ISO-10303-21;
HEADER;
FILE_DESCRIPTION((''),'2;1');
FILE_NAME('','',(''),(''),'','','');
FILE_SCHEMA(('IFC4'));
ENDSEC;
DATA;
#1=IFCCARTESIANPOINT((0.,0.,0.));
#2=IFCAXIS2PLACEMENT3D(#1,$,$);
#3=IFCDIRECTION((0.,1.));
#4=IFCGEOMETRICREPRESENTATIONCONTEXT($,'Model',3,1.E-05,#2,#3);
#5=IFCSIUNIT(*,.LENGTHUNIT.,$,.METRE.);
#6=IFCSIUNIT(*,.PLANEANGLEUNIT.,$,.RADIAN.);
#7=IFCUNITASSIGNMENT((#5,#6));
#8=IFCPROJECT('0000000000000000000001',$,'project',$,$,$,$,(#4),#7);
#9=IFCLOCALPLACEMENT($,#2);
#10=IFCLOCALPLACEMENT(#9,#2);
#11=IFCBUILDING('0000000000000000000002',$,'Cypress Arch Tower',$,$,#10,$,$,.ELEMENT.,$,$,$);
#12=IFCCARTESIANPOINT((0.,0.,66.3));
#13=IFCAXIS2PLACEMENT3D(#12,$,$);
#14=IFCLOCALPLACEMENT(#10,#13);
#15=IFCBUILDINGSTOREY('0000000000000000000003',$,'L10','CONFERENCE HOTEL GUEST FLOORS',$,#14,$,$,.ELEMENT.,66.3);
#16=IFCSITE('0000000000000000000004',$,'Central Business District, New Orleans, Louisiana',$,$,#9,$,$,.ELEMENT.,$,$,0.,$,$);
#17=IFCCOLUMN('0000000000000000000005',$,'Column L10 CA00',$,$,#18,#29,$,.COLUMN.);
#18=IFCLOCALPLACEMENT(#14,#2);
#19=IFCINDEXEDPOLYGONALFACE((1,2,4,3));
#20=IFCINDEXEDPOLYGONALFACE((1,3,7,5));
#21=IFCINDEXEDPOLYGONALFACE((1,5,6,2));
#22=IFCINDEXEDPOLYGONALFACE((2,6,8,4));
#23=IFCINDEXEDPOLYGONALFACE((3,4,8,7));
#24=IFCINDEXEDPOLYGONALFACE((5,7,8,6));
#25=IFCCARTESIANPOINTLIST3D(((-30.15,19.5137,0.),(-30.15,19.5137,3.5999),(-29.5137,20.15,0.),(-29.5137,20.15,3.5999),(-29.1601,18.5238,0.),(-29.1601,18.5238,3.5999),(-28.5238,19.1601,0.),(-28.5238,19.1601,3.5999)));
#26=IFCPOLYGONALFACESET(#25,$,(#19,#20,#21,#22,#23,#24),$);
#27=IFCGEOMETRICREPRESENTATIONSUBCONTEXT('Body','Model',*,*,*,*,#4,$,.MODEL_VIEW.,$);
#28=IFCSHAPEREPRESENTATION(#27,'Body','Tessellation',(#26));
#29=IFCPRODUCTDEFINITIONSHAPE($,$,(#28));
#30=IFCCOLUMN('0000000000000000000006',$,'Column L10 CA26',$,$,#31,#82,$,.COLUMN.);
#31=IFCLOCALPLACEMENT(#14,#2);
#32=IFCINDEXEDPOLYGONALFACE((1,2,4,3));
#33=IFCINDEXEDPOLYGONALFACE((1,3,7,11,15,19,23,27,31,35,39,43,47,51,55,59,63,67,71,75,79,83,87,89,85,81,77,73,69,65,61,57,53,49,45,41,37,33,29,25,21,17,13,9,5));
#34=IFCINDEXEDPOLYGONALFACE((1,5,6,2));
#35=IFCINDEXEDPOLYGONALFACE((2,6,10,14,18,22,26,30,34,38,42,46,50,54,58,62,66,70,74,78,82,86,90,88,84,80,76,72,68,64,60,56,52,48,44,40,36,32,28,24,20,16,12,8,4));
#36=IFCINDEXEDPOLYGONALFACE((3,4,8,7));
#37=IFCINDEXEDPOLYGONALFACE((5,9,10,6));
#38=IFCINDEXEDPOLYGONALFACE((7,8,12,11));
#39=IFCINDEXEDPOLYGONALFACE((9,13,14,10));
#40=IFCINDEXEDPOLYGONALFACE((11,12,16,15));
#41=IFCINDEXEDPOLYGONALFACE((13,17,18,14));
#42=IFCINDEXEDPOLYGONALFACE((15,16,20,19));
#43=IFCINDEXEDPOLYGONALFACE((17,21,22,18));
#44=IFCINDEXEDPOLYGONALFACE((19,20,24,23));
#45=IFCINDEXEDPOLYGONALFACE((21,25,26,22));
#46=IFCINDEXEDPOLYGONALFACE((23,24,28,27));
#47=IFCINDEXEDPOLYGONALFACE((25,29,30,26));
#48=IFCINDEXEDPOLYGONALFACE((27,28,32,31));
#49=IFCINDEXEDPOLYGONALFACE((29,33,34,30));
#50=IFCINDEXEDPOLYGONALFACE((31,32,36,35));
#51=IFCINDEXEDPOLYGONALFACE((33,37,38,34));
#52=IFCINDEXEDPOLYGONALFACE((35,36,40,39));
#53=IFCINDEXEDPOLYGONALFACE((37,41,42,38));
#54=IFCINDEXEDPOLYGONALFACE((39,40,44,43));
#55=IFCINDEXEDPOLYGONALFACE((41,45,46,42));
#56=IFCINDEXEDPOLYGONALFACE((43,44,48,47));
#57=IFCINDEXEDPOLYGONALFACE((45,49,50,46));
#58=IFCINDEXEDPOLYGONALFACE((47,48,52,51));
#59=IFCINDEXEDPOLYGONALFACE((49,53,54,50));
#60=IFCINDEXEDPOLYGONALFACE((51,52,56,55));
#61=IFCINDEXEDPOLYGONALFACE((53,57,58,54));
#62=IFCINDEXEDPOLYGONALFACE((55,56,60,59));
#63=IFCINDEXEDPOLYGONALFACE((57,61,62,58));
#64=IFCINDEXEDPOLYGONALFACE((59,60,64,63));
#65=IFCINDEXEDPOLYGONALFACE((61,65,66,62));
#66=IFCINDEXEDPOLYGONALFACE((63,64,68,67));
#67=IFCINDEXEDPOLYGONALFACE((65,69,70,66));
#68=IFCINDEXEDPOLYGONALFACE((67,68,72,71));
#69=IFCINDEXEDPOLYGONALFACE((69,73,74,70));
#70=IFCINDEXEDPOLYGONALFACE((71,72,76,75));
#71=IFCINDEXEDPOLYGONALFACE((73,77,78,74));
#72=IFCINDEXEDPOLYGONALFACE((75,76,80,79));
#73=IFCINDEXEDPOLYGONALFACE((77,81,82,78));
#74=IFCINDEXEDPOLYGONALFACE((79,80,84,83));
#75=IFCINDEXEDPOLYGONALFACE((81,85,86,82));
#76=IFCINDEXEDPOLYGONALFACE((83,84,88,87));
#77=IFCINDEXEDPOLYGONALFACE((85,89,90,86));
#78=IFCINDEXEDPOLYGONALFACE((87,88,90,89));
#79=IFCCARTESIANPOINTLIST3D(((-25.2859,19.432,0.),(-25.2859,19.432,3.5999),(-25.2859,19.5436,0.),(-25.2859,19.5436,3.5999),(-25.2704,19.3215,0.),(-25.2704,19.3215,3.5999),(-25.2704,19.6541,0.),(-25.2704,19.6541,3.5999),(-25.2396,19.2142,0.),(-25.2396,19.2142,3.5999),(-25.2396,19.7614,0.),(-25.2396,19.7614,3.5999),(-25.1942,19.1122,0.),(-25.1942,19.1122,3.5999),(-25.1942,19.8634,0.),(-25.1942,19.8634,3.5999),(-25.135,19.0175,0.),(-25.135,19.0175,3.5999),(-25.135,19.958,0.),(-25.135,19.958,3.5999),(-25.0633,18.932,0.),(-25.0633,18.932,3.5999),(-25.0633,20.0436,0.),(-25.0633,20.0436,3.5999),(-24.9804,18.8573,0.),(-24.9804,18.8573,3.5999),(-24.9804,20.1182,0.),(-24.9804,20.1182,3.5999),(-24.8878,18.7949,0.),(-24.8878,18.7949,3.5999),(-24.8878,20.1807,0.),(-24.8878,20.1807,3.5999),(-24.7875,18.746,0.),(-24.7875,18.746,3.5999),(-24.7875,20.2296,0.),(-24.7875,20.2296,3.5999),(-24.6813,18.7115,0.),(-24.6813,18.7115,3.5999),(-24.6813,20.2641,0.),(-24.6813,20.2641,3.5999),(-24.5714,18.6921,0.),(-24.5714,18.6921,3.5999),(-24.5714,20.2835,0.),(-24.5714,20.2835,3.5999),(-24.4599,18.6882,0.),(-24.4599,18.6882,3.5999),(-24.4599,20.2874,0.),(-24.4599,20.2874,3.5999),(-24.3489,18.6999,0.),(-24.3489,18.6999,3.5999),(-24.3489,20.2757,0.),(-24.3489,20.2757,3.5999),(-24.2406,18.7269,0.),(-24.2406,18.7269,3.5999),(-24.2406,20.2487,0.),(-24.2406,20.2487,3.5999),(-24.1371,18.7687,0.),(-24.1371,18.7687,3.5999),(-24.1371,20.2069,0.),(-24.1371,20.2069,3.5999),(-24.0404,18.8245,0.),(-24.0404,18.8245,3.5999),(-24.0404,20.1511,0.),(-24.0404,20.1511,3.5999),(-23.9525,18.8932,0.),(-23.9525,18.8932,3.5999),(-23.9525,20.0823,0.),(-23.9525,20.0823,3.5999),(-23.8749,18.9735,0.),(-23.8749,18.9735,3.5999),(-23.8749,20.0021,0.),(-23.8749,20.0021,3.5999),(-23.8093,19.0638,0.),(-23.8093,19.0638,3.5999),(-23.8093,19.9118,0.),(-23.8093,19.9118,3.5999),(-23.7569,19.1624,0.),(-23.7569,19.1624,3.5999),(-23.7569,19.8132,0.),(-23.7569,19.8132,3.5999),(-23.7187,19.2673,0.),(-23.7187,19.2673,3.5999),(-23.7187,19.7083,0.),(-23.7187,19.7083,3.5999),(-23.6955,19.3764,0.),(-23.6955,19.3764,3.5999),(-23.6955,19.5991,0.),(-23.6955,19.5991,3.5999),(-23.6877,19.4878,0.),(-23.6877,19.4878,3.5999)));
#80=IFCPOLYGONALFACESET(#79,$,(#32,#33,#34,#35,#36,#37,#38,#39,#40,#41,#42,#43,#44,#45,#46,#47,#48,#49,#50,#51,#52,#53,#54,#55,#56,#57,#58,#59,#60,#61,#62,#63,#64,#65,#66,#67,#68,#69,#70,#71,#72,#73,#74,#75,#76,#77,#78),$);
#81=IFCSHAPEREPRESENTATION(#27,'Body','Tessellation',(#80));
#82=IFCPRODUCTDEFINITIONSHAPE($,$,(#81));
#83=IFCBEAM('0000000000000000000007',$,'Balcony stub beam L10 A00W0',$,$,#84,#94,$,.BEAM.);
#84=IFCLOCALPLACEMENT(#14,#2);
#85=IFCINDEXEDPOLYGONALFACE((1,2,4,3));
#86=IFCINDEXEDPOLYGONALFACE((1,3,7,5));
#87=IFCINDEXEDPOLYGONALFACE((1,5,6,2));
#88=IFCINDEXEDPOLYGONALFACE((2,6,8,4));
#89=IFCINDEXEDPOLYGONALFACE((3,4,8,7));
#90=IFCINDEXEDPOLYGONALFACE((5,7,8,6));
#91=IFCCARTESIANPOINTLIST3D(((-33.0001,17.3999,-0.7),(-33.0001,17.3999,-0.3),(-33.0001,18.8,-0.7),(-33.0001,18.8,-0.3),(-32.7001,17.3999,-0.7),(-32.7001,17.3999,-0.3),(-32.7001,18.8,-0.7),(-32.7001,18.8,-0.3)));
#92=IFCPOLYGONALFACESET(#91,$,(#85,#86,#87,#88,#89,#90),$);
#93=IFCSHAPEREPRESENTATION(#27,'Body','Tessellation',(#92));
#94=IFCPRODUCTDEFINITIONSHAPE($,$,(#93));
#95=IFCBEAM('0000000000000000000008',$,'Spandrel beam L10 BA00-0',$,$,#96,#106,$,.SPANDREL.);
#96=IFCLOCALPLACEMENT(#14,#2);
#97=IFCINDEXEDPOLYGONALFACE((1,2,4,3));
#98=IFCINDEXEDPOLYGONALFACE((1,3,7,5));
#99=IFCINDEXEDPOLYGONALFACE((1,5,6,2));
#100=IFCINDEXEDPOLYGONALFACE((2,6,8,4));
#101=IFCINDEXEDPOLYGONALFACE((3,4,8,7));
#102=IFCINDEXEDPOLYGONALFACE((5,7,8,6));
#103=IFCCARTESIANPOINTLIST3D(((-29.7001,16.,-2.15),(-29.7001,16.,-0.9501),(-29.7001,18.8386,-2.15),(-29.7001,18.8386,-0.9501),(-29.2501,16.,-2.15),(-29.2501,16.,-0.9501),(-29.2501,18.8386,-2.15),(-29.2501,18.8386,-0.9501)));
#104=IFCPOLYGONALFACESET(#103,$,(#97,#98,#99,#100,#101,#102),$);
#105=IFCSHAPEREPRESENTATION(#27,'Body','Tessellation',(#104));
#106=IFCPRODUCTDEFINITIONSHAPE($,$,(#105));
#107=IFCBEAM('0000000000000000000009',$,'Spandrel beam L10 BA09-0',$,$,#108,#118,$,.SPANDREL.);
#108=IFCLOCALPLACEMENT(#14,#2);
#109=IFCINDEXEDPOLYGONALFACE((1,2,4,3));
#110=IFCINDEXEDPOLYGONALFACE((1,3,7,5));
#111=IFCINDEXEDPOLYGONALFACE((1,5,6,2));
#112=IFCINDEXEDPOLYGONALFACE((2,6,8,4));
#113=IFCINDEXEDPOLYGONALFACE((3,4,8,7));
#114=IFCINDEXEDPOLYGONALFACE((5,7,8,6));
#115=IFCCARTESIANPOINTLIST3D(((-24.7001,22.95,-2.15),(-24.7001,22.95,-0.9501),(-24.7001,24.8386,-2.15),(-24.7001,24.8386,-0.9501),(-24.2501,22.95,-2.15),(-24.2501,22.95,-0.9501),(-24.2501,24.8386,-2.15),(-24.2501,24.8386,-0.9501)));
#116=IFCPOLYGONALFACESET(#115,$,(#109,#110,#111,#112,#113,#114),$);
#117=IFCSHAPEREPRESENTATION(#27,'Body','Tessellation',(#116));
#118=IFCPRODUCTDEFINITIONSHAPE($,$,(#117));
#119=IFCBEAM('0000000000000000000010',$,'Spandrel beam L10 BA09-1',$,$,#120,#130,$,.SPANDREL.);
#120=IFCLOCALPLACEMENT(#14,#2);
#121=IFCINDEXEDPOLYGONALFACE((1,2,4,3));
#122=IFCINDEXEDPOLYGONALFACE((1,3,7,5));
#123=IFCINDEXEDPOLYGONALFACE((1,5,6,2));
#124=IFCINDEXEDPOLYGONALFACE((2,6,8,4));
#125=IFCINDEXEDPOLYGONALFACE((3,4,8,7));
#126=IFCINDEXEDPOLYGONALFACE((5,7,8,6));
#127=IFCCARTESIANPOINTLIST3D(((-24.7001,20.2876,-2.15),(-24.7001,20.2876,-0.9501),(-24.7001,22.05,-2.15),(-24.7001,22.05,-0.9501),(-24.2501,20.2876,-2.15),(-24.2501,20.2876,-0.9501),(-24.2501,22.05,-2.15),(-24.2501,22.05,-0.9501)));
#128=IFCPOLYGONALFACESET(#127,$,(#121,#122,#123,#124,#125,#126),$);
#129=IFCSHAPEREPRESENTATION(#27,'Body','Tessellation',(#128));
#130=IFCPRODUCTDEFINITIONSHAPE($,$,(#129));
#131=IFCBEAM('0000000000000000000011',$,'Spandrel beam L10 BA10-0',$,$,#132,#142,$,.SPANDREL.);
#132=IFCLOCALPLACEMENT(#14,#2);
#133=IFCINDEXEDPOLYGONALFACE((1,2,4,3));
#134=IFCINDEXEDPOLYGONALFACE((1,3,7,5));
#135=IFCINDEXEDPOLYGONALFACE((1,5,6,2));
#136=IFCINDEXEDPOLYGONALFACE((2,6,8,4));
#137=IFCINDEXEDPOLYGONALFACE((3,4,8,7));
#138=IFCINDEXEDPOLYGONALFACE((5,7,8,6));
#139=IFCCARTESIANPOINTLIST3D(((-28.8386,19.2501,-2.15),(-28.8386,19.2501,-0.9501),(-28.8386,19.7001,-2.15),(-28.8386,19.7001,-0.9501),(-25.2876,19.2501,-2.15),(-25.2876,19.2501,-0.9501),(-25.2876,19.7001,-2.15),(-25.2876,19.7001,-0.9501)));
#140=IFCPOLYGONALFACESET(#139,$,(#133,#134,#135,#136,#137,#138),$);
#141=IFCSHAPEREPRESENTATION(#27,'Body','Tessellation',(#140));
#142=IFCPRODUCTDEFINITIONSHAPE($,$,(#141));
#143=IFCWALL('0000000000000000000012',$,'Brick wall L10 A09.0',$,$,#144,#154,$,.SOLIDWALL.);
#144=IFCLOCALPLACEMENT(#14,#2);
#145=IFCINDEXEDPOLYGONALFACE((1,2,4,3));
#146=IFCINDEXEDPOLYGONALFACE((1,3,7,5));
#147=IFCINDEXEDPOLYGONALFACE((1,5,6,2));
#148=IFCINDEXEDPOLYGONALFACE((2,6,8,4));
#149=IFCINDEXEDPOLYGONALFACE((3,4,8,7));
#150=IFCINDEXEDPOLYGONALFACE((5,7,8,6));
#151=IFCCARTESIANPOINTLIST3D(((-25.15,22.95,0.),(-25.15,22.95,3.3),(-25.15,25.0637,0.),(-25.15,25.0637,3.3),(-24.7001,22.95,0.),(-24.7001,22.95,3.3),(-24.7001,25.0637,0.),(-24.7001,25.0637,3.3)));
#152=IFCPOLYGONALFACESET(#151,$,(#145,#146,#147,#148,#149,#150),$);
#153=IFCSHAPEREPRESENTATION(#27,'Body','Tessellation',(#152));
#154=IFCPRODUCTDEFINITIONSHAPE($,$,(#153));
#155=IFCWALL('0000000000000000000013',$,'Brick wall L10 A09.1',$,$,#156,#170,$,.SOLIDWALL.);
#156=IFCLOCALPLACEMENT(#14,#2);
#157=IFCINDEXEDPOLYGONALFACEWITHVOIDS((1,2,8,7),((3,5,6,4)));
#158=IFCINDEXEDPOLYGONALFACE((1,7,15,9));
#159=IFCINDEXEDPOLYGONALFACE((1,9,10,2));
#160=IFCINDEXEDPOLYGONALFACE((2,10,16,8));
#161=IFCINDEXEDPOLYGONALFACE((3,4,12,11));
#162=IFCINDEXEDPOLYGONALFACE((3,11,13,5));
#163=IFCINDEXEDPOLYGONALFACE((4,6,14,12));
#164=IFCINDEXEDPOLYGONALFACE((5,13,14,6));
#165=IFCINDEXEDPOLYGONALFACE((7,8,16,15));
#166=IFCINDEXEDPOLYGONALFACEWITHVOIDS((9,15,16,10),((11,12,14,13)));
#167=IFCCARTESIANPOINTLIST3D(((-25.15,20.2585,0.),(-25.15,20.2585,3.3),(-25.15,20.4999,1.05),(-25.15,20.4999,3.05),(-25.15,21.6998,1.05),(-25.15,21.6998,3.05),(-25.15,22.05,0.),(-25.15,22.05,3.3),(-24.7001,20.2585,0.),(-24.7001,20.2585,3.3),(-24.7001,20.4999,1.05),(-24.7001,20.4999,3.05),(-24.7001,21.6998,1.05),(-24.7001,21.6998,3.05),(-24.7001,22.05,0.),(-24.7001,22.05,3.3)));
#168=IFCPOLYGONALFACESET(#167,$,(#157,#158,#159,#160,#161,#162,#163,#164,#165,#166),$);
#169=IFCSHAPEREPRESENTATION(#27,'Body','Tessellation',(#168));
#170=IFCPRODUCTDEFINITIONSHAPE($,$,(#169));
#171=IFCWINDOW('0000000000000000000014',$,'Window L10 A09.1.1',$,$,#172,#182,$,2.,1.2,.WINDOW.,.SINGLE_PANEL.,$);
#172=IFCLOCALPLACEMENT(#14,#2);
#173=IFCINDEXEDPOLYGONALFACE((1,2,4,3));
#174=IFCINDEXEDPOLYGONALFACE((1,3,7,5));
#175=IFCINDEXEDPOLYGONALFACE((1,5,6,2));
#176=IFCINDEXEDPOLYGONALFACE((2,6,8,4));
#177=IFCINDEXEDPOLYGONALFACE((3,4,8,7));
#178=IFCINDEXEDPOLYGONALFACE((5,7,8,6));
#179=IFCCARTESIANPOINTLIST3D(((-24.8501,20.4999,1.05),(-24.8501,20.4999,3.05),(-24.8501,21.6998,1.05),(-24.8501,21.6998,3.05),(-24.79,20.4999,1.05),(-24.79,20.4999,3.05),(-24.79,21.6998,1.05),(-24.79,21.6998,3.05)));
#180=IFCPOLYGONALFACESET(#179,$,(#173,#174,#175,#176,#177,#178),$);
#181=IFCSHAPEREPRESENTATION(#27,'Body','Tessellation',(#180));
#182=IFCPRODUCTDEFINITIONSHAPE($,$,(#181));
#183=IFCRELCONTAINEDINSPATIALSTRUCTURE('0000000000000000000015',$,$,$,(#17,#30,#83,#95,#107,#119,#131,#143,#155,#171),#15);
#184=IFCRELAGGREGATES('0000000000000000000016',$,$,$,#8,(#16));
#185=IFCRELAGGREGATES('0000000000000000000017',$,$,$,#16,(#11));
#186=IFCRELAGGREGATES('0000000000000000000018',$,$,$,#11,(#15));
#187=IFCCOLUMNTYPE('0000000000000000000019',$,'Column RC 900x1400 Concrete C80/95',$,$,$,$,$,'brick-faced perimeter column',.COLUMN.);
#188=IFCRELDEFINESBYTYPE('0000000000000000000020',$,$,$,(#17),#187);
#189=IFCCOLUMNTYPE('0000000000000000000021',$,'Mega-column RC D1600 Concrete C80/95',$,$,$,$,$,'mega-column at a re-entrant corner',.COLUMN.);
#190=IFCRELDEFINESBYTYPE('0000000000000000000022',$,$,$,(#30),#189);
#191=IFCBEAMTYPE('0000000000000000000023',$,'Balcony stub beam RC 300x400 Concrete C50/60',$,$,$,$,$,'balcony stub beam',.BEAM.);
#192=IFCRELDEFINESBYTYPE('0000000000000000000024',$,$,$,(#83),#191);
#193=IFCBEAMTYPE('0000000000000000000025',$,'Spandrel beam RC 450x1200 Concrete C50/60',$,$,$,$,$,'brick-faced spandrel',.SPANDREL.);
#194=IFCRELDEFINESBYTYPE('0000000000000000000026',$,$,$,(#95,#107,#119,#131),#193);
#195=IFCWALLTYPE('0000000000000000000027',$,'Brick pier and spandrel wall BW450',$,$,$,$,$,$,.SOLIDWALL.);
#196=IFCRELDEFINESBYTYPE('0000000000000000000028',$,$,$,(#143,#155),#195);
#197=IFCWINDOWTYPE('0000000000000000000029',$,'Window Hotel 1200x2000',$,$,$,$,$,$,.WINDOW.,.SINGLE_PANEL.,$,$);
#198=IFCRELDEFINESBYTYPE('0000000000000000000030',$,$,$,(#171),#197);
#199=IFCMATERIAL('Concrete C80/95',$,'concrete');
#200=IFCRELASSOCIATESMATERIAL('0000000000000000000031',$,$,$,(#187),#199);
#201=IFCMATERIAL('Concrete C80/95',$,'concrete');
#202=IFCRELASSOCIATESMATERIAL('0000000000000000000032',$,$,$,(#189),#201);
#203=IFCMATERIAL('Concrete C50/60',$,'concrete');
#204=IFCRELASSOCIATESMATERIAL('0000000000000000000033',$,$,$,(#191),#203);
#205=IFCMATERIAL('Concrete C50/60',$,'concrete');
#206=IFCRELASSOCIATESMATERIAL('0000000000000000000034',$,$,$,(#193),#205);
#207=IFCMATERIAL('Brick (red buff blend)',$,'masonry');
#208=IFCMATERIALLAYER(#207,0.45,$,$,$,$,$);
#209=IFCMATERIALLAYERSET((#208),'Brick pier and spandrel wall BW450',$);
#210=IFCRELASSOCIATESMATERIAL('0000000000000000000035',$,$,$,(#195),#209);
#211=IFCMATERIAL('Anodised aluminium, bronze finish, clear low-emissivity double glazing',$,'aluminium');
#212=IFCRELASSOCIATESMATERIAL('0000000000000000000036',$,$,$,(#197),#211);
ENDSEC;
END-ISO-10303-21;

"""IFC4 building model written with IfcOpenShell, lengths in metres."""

from ifc_helpers import new_model, si_unit, direction, frame, frame_2d, origin, origin_2d, place, context, subcontext, project, spatial, rectangle, circle, extrude, material, layer, layer_set, material_profile, profile_set, type_object, element, fill, save


model = new_model("IFC4")

# Units and contexts
model_context = context("Model", 3, precision=1e-05, world=origin(), true_north=direction((0.0, 1.0)))
body_context = subcontext(model_context, "Body", "Model", "MODEL_VIEW")
ifc_project = project(units=[si_unit("LENGTHUNIT", "METRE"), si_unit("PLANEANGLEUNIT", "RADIAN")], contexts=[model_context])

# Site, building, storey
site_placement = place(None, origin())
site = spatial("IfcSite", under=ifc_project, at=site_placement, Name="Central Business District, New Orleans, Louisiana", CompositionType="ELEMENT", RefElevation=0.0)
building_placement = place(site_placement, origin())
building = spatial("IfcBuilding", under=site, at=building_placement, Name="Cypress Arch Tower", CompositionType="ELEMENT")
storey_placement = place(building_placement, frame((0.0, 0.0, 66.3)))
storey = spatial("IfcBuildingStorey", under=building, at=storey_placement, Name="L10", Description="CONFERENCE HOTEL GUEST FLOORS", CompositionType="ELEMENT", Elevation=66.3)

# Columns
ifc_material_1 = material(Name="Concrete C80/95", Category="concrete")
ifc_material_profile_1 = material_profile(ifc_material_1, rectangle(XDim=0.8999, YDim=1.3999, at=origin_2d()), Name="RC 900x1400")
ifc_profile_set_1 = profile_set([ifc_material_profile_1], Name="Concrete C80/95")
column_type_1 = type_object("IfcColumnType", Name="Column RC 900x1400 Concrete C80/95", ElementType="brick-faced perimeter column", PredefinedType="COLUMN", material=ifc_profile_set_1)
column_1_placement = place(storey_placement, frame((-29.3369, 19.3369, 0.0), z_axis=(0.0, 0.0, 1.0), x_axis=(-0.707107, -0.707107, 0.0)))
element("IfcColumn", 1, at=column_1_placement, inside=storey, type_object=column_type_1, Name="Column L10 CA00", PredefinedType="COLUMN", context=body_context, shape_type="SweptSolid", body=[
    extrude(rectangle(XDim=0.8999, YDim=1.3999, at=origin_2d()), origin(), (0.0, 0.0, 1.0), 3.5999),
])
ifc_material_2 = material(Name="Concrete C80/95", Category="concrete")
ifc_material_profile_2 = material_profile(ifc_material_2, circle(Radius=0.8, at=origin_2d()), Name="RC D1600")
ifc_profile_set_2 = profile_set([ifc_material_profile_2], Name="Concrete C80/95")
column_type_2 = type_object("IfcColumnType", Name="Mega-column RC D1600 Concrete C80/95", ElementType="mega-column at a re-entrant corner", PredefinedType="COLUMN", material=ifc_profile_set_2)
column_2_placement = place(storey_placement, frame((-24.4878, 19.4878, 0.0), z_axis=(0.0, 0.0, 1.0), x_axis=(1.0, 0.0, 0.0)))
element("IfcColumn", 2, at=column_2_placement, inside=storey, type_object=column_type_2, Name="Column L10 CA26", PredefinedType="COLUMN", context=body_context, shape_type="SweptSolid", body=[
    extrude(circle(Radius=0.8, at=origin_2d()), origin(), (0.0, 0.0, 1.0), 3.5999),
])

# Beams
ifc_material_3 = material(Name="Concrete C50/60", Category="concrete")
ifc_material_profile_3 = material_profile(ifc_material_3, rectangle(XDim=0.3, YDim=0.3999, at=origin_2d()), Name="RC 300x400")
ifc_profile_set_3 = profile_set([ifc_material_profile_3], Name="Concrete C50/60")
beam_type_1 = type_object("IfcBeamType", Name="Balcony stub beam RC 300x400 Concrete C50/60", ElementType="balcony stub beam", PredefinedType="BEAM", material=ifc_profile_set_3)
beam_1_placement = place(storey_placement, frame((-32.8501, 18.8, -0.5), z_axis=(0.0, -1.0, 0.0), x_axis=(1.0, 0.0, 0.0)))
element("IfcBeam", 3, at=beam_1_placement, inside=storey, type_object=beam_type_1, Name="Balcony stub beam L10 A00W0", PredefinedType="BEAM", context=body_context, shape_type="SweptSolid", body=[
    extrude(rectangle(XDim=0.3, YDim=0.3999, at=origin_2d()), origin(), (0.0, 0.0, 1.0), 1.4001),
])
ifc_material_4 = material(Name="Concrete C50/60", Category="concrete")
ifc_material_profile_4 = material_profile(ifc_material_4, rectangle(XDim=0.45, YDim=1.2, at=origin_2d()), Name="RC 450x1200")
ifc_profile_set_4 = profile_set([ifc_material_profile_4], Name="Concrete C50/60")
beam_type_2 = type_object("IfcBeamType", Name="Spandrel beam RC 450x1200 Concrete C50/60", ElementType="brick-faced spandrel", PredefinedType="SPANDREL", material=ifc_profile_set_4)
beam_2_placement = place(storey_placement, frame((-29.4751, 18.8386, -1.55), z_axis=(0.0, -1.0, 0.0), x_axis=(1.0, 0.0, 0.0)))
element("IfcBeam", 4, at=beam_2_placement, inside=storey, type_object=beam_type_2, Name="Spandrel beam L10 BA00-0", PredefinedType="SPANDREL", context=body_context, shape_type="SweptSolid", body=[
    extrude(rectangle(XDim=0.45, YDim=1.2, at=origin_2d()), origin(), (0.0, 0.0, 1.0), 2.8386),
])
beam_3_placement = place(storey_placement, frame((-24.4751, 24.8386, -1.55), z_axis=(0.0, -1.0, 0.0), x_axis=(1.0, 0.0, 0.0)))
element("IfcBeam", 5, at=beam_3_placement, inside=storey, type_object=beam_type_2, Name="Spandrel beam L10 BA09-0", PredefinedType="SPANDREL", context=body_context, shape_type="SweptSolid", body=[
    extrude(rectangle(XDim=0.45, YDim=1.2, at=origin_2d()), origin(), (0.0, 0.0, 1.0), 1.8887),
])
beam_4_placement = place(storey_placement, frame((-24.4751, 22.05, -1.55), z_axis=(0.0, -1.0, 0.0), x_axis=(1.0, 0.0, 0.0)))
element("IfcBeam", 6, at=beam_4_placement, inside=storey, type_object=beam_type_2, Name="Spandrel beam L10 BA09-1", PredefinedType="SPANDREL", context=body_context, shape_type="SweptSolid", body=[
    extrude(rectangle(XDim=0.45, YDim=1.2, at=origin_2d()), origin(), (0.0, 0.0, 1.0), 1.7625),
])
beam_5_placement = place(storey_placement, frame((-25.2876, 19.4751, -1.55), z_axis=(-1.0, 0.0, 0.0), x_axis=(0.0, -1.0, 0.0)))
element("IfcBeam", 7, at=beam_5_placement, inside=storey, type_object=beam_type_2, Name="Spandrel beam L10 BA10-0", PredefinedType="SPANDREL", context=body_context, shape_type="SweptSolid", body=[
    extrude(rectangle(XDim=0.45, YDim=1.2, at=origin_2d()), origin(), (0.0, 0.0, 1.0), 3.551),
])

# Shared definitions
ifc_material_5 = material(Name="Brick (red buff blend)", Category="masonry")
ifc_layer = layer(ifc_material_5, 0.45)
ifc_layer_set = layer_set([ifc_layer], Name="Brick pier and spandrel wall BW450")
wall_type = type_object("IfcWallType", Name="Brick pier and spandrel wall BW450", PredefinedType="SOLIDWALL", material=ifc_layer_set)

# Wall
wall_1_placement = place(storey_placement, frame((-24.925, 25.0637, 0.0), z_axis=(0.0, 0.0, 1.0), x_axis=(0.0, -1.0, 0.0)))
element("IfcWall", 8, at=wall_1_placement, inside=storey, type_object=wall_type, Name="Brick wall L10 A09.0", PredefinedType="SOLIDWALL", context=body_context, shape_type="SweptSolid", body=[
    extrude(rectangle(XDim=2.1138, YDim=0.45, at=frame_2d((1.0569, 0.0))), origin(), (0.0, 0.0, 1.0), 3.3),
])

# Wall, opening, window
wall_2_placement = place(storey_placement, frame((-24.925, 22.05, 0.0), z_axis=(0.0, 0.0, 1.0), x_axis=(0.0, -1.0, 0.0)))
wall_2 = element("IfcWall", 9, at=wall_2_placement, inside=storey, type_object=wall_type, Name="Brick wall L10 A09.1", PredefinedType="SOLIDWALL", context=body_context, shape_type="SweptSolid", body=[
    extrude(rectangle(XDim=1.7915, YDim=0.45, at=frame_2d((0.8958, 0.0))), origin(), (0.0, 0.0, 1.0), 3.3),
])
opening_1_placement = place(wall_2_placement, frame((0.3501, 0.0, 1.05)))
opening_1 = element("IfcOpeningElement", 10, at=opening_1_placement, cuts=wall_2, PredefinedType="OPENING", context=body_context, shape_type="SweptSolid", body=[
    extrude(rectangle(XDim=1.2, YDim=2.0, at=frame_2d((0.6001, 1.0))), frame((0.0, 0.2349, 0.0), z_axis=(0.0, -1.0, 0.0), x_axis=(1.0, 0.0, 0.0)), (0.0, 0.0, 1.0), 0.47),
])
ifc_material_6 = material(Name="Anodised aluminium, bronze finish, clear low-emissivity double glazing", Category="aluminium")
window_type_1 = type_object("IfcWindowType", Name="Window Hotel 1200x2000", PartitioningType="SINGLE_PANEL", PredefinedType="WINDOW", material=ifc_material_6)
window_1_placement = place(opening_1_placement, origin())
window_1 = element("IfcWindow", 11, at=window_1_placement, inside=storey, type_object=window_type_1, Name="Window L10 A09.1.1", OverallHeight=2.0, OverallWidth=1.2, PartitioningType="SINGLE_PANEL", PredefinedType="WINDOW", context=body_context, shape_type="SweptSolid", body=[
    extrude(rectangle(XDim=1.2, YDim=2.0, at=frame_2d((0.6001, 1.0))), frame((0.0, 0.135, 0.0), z_axis=(0.0, -1.0, 0.0), x_axis=(1.0, 0.0, 0.0)), (0.0, 0.0, 1.0), 0.0601),
])
fill(opening_1, window_1)

save(model, "model.ifc")
